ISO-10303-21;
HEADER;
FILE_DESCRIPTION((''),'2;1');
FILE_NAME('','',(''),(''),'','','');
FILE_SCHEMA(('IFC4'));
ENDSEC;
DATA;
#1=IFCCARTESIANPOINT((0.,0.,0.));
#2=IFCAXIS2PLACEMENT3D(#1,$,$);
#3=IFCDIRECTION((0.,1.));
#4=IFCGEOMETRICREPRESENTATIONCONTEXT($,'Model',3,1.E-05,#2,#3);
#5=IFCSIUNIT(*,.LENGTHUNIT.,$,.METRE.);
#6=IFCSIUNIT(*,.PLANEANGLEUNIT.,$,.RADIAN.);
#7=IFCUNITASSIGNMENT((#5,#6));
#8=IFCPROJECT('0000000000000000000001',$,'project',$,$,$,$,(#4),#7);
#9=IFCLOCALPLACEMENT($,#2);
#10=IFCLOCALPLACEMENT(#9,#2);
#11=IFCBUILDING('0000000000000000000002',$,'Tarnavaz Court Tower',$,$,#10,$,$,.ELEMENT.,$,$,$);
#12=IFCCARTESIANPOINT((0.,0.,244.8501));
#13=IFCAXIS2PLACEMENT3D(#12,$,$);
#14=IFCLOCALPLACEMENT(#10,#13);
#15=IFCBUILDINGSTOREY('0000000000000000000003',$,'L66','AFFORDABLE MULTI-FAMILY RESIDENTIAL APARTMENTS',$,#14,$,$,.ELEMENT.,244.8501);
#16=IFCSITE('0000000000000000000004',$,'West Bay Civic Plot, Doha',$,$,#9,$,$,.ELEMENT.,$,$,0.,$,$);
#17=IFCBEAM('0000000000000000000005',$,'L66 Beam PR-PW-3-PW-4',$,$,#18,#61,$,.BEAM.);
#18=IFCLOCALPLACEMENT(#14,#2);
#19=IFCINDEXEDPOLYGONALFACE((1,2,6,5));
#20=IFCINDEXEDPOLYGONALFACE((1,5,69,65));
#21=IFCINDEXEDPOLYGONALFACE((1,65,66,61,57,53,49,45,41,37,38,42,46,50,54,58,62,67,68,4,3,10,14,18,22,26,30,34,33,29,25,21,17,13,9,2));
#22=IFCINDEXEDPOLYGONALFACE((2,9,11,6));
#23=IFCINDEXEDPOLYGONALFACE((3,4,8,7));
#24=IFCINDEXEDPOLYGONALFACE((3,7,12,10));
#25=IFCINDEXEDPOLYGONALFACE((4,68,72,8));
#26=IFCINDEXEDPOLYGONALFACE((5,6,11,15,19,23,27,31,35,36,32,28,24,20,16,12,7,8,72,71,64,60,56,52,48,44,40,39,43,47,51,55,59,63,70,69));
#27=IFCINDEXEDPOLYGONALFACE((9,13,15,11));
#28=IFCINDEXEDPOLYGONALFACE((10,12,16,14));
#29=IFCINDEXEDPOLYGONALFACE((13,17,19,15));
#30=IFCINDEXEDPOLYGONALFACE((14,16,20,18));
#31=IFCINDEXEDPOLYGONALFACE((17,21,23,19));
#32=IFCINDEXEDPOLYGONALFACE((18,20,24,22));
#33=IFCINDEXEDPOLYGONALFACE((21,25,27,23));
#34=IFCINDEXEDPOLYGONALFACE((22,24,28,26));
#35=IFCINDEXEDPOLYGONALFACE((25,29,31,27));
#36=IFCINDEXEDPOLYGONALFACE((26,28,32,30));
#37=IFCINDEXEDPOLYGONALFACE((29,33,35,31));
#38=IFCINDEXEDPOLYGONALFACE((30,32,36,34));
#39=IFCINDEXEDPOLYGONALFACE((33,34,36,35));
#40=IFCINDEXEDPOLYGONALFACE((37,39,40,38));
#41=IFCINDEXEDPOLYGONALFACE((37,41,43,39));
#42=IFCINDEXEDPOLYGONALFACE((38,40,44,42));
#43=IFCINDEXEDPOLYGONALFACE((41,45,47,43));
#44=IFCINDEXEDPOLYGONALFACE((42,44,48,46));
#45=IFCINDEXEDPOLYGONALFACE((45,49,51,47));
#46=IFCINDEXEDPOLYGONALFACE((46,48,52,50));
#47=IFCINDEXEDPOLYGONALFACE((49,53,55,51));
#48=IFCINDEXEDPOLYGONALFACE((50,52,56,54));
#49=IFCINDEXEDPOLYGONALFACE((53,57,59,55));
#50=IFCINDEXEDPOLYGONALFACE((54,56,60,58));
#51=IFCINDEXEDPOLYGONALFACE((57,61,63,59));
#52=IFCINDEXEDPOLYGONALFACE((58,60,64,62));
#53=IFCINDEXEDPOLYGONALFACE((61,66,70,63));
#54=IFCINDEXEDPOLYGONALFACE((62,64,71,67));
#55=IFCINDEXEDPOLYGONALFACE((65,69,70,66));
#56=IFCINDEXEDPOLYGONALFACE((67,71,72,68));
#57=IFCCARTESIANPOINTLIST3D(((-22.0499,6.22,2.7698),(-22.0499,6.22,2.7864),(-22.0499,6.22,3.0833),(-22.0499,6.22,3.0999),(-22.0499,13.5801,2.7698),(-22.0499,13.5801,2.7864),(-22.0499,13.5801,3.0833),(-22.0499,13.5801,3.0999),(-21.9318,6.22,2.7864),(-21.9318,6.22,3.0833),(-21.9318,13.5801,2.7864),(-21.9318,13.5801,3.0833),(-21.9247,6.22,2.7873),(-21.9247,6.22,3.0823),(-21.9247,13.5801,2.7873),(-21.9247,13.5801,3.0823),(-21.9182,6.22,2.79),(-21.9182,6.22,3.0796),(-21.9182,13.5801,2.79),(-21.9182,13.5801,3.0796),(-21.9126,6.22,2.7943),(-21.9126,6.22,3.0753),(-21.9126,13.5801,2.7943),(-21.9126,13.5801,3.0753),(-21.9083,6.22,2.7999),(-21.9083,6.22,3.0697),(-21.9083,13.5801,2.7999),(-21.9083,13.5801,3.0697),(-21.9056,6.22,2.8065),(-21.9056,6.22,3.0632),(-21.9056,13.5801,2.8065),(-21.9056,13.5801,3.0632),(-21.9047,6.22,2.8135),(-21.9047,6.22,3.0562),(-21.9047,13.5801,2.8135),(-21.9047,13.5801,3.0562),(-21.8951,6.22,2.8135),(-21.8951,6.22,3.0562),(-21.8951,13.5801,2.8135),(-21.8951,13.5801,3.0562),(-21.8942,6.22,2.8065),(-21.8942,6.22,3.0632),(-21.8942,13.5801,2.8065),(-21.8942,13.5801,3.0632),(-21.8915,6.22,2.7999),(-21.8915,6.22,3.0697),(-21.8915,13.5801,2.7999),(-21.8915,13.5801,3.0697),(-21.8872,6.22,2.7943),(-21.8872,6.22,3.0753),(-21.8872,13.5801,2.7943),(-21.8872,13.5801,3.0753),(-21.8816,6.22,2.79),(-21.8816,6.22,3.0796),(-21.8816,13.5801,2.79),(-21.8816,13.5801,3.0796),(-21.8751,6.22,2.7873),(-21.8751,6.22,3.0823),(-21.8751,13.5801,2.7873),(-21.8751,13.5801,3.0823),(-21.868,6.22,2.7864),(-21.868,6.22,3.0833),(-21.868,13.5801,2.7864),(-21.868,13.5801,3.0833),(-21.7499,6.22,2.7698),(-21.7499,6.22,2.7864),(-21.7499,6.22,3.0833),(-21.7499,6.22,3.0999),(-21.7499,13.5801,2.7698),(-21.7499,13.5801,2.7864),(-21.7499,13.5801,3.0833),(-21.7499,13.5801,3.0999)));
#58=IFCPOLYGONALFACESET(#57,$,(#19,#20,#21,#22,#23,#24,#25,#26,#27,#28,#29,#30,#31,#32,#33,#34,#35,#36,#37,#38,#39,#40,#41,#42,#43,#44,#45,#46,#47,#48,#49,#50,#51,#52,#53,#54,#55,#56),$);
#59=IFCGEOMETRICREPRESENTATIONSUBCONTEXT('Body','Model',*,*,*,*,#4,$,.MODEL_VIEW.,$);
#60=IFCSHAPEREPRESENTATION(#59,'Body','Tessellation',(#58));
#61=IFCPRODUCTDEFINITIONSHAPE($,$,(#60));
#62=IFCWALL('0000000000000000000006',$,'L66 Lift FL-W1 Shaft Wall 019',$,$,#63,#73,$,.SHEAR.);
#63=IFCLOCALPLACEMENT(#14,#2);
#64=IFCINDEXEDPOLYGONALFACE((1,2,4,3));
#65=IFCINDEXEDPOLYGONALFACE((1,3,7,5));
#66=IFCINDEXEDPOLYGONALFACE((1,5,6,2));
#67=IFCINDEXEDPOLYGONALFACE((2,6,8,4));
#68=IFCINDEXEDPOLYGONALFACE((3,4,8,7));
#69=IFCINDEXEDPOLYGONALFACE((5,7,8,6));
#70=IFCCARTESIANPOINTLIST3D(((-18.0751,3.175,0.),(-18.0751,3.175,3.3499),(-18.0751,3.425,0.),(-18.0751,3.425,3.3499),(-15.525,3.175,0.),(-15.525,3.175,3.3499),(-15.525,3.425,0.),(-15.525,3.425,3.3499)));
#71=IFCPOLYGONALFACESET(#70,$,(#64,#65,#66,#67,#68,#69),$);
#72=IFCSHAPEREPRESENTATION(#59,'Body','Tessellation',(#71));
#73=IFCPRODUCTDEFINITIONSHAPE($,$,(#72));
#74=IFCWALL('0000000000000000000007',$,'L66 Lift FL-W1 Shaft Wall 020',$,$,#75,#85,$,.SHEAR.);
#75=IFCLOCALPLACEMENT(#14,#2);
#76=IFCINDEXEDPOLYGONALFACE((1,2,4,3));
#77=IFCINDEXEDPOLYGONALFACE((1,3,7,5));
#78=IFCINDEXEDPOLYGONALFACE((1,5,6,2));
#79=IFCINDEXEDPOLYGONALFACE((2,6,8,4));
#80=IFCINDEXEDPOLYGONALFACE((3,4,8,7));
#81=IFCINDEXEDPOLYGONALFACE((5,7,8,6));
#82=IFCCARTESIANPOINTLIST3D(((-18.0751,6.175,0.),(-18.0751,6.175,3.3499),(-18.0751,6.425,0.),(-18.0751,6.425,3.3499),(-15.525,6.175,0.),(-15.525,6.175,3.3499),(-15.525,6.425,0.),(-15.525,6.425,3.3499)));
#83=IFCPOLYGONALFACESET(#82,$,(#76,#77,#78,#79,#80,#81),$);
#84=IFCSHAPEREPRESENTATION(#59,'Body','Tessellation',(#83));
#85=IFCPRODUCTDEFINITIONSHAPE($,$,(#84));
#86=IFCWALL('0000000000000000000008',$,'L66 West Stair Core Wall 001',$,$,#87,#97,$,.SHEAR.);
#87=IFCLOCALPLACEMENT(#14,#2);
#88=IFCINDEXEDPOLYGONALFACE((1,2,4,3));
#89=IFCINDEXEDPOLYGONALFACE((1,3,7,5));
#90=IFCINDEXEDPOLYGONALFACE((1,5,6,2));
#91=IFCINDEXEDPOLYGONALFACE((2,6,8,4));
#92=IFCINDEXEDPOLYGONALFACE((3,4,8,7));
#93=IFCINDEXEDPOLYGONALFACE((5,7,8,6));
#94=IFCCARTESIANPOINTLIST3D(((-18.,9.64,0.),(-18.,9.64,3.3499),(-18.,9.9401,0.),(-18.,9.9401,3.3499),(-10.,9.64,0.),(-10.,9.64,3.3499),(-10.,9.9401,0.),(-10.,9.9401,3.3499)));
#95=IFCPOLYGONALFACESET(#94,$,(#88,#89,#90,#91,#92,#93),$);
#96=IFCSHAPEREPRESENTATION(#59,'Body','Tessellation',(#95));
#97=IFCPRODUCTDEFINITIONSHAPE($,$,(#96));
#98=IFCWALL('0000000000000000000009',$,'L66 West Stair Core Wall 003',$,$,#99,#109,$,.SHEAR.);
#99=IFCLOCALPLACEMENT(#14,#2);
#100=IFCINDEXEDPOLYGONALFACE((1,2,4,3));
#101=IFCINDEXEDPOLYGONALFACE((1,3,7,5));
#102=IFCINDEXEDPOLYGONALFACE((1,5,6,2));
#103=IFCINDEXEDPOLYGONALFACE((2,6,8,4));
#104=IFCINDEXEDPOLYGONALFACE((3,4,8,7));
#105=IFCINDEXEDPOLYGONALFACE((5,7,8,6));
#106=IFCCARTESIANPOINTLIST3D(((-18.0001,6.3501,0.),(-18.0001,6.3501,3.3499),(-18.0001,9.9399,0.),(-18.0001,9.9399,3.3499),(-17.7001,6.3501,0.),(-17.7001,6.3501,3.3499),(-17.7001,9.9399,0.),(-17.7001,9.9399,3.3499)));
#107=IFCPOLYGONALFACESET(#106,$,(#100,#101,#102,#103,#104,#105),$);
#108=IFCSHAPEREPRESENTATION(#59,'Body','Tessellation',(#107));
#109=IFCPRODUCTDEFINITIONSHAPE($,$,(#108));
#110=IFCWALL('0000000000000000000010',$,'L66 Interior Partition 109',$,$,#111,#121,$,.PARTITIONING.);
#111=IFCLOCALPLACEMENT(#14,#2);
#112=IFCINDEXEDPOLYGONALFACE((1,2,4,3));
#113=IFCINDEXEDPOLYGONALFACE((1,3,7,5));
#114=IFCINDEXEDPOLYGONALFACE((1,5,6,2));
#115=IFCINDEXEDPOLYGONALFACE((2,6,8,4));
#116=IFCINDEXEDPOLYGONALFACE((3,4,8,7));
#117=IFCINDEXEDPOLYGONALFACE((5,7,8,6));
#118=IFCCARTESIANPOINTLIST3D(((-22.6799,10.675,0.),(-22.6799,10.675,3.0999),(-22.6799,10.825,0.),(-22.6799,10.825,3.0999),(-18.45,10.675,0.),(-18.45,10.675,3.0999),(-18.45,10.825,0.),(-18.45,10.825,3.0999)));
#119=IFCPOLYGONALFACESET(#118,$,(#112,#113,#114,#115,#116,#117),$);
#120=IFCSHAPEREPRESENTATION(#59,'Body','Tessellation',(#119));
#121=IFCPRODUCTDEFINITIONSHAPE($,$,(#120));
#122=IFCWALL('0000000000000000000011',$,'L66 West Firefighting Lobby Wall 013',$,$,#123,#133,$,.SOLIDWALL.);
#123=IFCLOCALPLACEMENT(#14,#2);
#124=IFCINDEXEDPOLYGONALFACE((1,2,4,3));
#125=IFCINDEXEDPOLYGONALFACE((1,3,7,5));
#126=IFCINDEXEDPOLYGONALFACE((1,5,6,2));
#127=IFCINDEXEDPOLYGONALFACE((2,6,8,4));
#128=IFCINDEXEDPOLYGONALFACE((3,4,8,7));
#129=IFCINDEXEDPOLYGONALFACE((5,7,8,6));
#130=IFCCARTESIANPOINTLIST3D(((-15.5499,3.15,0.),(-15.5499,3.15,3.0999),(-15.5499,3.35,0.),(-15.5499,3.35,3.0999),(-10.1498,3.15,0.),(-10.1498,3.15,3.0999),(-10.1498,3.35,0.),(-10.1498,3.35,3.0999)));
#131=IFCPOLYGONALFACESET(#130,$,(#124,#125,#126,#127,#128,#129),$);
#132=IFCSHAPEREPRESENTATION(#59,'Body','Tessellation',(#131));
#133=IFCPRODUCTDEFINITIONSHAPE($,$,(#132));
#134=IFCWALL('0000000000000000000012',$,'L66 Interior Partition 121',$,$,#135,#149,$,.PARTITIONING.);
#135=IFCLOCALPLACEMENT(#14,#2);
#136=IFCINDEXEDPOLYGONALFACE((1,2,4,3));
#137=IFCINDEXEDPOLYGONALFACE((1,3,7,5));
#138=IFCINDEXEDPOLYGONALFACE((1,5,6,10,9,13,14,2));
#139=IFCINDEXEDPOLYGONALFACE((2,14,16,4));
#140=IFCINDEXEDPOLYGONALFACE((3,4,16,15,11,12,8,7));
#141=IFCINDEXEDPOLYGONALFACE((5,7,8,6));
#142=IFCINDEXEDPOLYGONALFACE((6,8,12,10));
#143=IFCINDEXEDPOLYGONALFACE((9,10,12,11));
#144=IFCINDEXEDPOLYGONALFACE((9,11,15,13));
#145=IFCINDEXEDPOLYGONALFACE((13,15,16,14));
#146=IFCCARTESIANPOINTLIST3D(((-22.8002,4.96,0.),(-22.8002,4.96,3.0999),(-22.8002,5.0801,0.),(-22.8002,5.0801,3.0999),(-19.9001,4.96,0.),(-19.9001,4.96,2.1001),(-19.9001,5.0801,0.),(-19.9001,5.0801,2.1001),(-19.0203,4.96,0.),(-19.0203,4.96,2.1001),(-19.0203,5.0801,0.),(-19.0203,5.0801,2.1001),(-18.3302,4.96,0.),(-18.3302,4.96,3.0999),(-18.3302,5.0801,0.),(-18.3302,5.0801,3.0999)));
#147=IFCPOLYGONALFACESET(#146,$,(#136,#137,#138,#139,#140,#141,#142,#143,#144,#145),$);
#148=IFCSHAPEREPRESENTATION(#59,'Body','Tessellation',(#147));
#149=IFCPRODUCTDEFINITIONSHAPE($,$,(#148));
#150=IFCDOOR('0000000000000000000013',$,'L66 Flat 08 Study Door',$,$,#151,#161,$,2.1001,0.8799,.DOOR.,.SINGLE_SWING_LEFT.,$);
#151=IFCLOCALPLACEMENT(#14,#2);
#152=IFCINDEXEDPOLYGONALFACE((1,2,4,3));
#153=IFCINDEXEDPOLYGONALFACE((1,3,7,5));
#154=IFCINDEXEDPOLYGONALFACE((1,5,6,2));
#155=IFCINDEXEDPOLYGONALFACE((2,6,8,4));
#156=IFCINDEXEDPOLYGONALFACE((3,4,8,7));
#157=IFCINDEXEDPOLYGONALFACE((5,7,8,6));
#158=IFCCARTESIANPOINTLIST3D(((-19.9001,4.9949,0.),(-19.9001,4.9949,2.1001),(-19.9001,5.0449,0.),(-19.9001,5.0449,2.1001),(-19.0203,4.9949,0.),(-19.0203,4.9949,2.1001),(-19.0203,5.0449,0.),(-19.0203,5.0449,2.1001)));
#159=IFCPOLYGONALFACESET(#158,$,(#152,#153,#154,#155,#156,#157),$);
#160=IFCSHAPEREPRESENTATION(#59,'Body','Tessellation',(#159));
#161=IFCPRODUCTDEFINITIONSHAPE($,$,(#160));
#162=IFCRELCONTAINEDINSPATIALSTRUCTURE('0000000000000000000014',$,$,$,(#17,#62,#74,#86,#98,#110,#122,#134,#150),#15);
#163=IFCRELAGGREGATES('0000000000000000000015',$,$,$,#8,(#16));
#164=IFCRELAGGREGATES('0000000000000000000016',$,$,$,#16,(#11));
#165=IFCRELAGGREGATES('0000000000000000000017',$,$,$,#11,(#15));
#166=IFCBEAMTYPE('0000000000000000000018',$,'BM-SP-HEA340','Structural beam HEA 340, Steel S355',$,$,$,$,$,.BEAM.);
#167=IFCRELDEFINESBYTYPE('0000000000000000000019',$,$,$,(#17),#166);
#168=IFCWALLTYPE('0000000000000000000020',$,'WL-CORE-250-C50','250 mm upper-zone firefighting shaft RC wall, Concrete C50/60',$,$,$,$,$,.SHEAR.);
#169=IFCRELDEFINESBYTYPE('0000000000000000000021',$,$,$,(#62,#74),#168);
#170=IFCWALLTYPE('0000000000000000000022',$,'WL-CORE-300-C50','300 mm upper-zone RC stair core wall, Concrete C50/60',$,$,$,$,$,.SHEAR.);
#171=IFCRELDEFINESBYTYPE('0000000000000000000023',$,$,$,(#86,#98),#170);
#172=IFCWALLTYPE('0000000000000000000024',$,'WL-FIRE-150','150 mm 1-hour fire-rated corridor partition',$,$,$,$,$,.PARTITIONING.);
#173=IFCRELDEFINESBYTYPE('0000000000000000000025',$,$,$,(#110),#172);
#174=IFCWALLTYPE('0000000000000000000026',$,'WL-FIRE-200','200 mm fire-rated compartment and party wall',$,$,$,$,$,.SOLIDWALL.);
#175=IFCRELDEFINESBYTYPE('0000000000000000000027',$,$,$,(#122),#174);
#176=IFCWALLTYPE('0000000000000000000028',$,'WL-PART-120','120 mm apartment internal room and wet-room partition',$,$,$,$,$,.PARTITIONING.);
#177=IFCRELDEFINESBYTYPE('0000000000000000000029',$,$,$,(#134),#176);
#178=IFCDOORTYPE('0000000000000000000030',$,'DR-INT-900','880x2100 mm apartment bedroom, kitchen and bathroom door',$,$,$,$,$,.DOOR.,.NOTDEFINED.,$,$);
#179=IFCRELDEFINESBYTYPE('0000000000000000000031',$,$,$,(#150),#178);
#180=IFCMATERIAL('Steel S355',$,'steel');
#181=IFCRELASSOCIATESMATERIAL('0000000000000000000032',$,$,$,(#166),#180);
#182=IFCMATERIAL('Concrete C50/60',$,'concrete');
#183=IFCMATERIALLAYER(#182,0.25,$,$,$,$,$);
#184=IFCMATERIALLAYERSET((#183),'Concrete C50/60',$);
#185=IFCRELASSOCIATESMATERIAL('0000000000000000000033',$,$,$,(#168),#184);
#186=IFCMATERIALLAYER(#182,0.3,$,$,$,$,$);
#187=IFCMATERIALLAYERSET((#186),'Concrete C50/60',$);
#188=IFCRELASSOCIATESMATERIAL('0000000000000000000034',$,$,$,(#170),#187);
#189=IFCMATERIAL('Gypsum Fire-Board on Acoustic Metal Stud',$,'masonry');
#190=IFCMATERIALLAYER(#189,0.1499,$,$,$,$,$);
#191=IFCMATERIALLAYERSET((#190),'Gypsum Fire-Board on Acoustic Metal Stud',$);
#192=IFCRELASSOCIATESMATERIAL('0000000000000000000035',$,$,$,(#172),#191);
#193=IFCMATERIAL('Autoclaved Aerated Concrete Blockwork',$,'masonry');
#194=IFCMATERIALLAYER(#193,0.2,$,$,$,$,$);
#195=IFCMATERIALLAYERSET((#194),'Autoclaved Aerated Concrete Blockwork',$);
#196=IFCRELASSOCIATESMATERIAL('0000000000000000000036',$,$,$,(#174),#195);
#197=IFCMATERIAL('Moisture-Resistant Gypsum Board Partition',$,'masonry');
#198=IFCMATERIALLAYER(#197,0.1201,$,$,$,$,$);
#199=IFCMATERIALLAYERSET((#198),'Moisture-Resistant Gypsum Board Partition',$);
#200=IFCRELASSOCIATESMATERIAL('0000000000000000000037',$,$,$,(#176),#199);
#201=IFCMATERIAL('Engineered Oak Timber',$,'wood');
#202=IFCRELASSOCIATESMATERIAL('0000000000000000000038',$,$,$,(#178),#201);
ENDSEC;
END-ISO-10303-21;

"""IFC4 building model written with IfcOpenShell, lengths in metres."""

from ifc_helpers import new_model, si_unit, direction, frame, frame_2d, origin, origin_2d, place, context, subcontext, project, spatial, rectangle, i_section, extrude, material, layer, layer_set, material_profile, profile_set, type_object, element, fill, save


model = new_model("IFC4")

# Units and contexts
model_context = context("Model", 3, precision=1e-05, world=origin(), true_north=direction((0.0, 1.0)))
body_context = subcontext(model_context, "Body", "Model", "MODEL_VIEW")
ifc_project = project(units=[si_unit("LENGTHUNIT", "METRE"), si_unit("PLANEANGLEUNIT", "RADIAN")], contexts=[model_context])

# Site, building, storey
site_placement = place(None, origin())
site = spatial("IfcSite", under=ifc_project, at=site_placement, Name="West Bay Civic Plot, Doha", CompositionType="ELEMENT", RefElevation=0.0)
building_placement = place(site_placement, origin())
building = spatial("IfcBuilding", under=site, at=building_placement, Name="Tarnavaz Court Tower", CompositionType="ELEMENT")
storey_placement = place(building_placement, frame((0.0, 0.0, 244.8501)))
storey = spatial("IfcBuildingStorey", under=building, at=storey_placement, Name="L66", Description="AFFORDABLE MULTI-FAMILY RESIDENTIAL APARTMENTS", CompositionType="ELEMENT", Elevation=244.8501)

# Shared definitions
ifc_material_1 = material(Name="Concrete C50/60", Category="concrete")

# Beam
ifc_material_2 = material(Name="Steel S355", Category="steel")
ifc_material_profile_1 = material_profile(ifc_material_2, i_section(OverallWidth=0.3, OverallDepth=0.3301, WebThickness=0.0095, FlangeThickness=0.0166, FilletRadius=0.0271, at=origin_2d()), Name="HEA 340")
ifc_profile_set_1 = profile_set([ifc_material_profile_1], Name="Steel S355")
beam_type_1 = type_object("IfcBeamType", Name="BM-SP-HEA340", Description="Structural beam HEA 340, Steel S355", PredefinedType="BEAM", material=ifc_profile_set_1)
beam_1_placement = place(storey_placement, frame((-21.8999, 6.22, 2.9348), z_axis=(0.0, 1.0, 0.0), x_axis=(-1.0, 0.0, 0.0)))
element("IfcBeam", 1, at=beam_1_placement, inside=storey, type_object=beam_type_1, Name="L66 Beam PR-PW-3-PW-4", PredefinedType="BEAM", context=body_context, shape_type="SweptSolid", body=[
    extrude(i_section(OverallWidth=0.3, OverallDepth=0.3301, WebThickness=0.0095, FlangeThickness=0.0166, FilletRadius=0.0271, at=origin_2d()), origin(), (0.0, 0.0, 1.0), 7.3601),
])

# Shared definitions
ifc_layer_1 = layer(ifc_material_1, 0.25)
ifc_layer_set_1 = layer_set([ifc_layer_1], Name="Concrete C50/60")
wall_type_1 = type_object("IfcWallType", Name="WL-CORE-250-C50", Description="250 mm upper-zone firefighting shaft RC wall, Concrete C50/60", PredefinedType="SHEAR", material=ifc_layer_set_1)

# Walls
for number, where, z_axis, x_axis, name in (
    (2, (-18.075, 3.3, 0.0), (0.0, 0.0, 1.0), (1.0, 0.0, 0.0), "L66 Lift FL-W1 Shaft Wall 019"),
    (3, (-18.075, 6.3, 0.0), (0.0, 0.0, 1.0), (1.0, 0.0, 0.0), "L66 Lift FL-W1 Shaft Wall 020"),
):
    element("IfcWall", number, at=place(storey_placement, frame(where, z_axis=z_axis, x_axis=x_axis)), inside=storey, type_object=wall_type_1, Name=name, PredefinedType="SHEAR", context=body_context, shape_type="SweptSolid", body=[
        extrude(rectangle(XDim=2.55, YDim=0.25, at=frame_2d((1.2749, 0.0))), origin(), (0.0, 0.0, 1.0), 3.3499),
    ])
ifc_layer_2 = layer(ifc_material_1, 0.3)
ifc_layer_set_2 = layer_set([ifc_layer_2], Name="Concrete C50/60")
wall_type_2 = type_object("IfcWallType", Name="WL-CORE-300-C50", Description="300 mm upper-zone RC stair core wall, Concrete C50/60", PredefinedType="SHEAR", material=ifc_layer_set_2)
wall_1_placement = place(storey_placement, frame((-18.0, 9.79, 0.0), z_axis=(0.0, 0.0, 1.0), x_axis=(1.0, 0.0, 0.0)))
element("IfcWall", 4, at=wall_1_placement, inside=storey, type_object=wall_type_2, Name="L66 West Stair Core Wall 001", PredefinedType="SHEAR", context=body_context, shape_type="SweptSolid", body=[
    extrude(rectangle(XDim=8.0, YDim=0.3, at=frame_2d((4.0, 0.0))), origin(), (0.0, 0.0, 1.0), 3.3499),
])

# Walls
wall_2_placement = place(storey_placement, frame((-17.8501, 6.3501, 0.0), z_axis=(0.0, 0.0, 1.0), x_axis=(0.0, 1.0, 0.0)))
element("IfcWall", 5, at=wall_2_placement, inside=storey, type_object=wall_type_2, Name="L66 West Stair Core Wall 003", PredefinedType="SHEAR", context=body_context, shape_type="SweptSolid", body=[
    extrude(rectangle(XDim=3.5898, YDim=0.3, at=frame_2d((1.7949, 0.0))), origin(), (0.0, 0.0, 1.0), 3.3499),
])
ifc_material_3 = material(Name="Gypsum Fire-Board on Acoustic Metal Stud", Category="masonry")
ifc_layer_3 = layer(ifc_material_3, 0.1499)
ifc_layer_set_3 = layer_set([ifc_layer_3], Name="Gypsum Fire-Board on Acoustic Metal Stud")
wall_type_3 = type_object("IfcWallType", Name="WL-FIRE-150", Description="150 mm 1-hour fire-rated corridor partition", PredefinedType="PARTITIONING", material=ifc_layer_set_3)
wall_3_placement = place(storey_placement, frame((-22.6799, 10.75, 0.0), z_axis=(0.0, 0.0, 1.0), x_axis=(1.0, 0.0, 0.0)))
element("IfcWall", 6, at=wall_3_placement, inside=storey, type_object=wall_type_3, Name="L66 Interior Partition 109", PredefinedType="PARTITIONING", context=body_context, shape_type="SweptSolid", body=[
    extrude(rectangle(XDim=4.23, YDim=0.1499, at=frame_2d((2.115, 0.0))), origin(), (0.0, 0.0, 1.0), 3.0999),
])
ifc_material_4 = material(Name="Autoclaved Aerated Concrete Blockwork", Category="masonry")
ifc_layer_4 = layer(ifc_material_4, 0.2)
ifc_layer_set_4 = layer_set([ifc_layer_4], Name="Autoclaved Aerated Concrete Blockwork")
wall_type_4 = type_object("IfcWallType", Name="WL-FIRE-200", Description="200 mm fire-rated compartment and party wall", PredefinedType="SOLIDWALL", material=ifc_layer_set_4)
wall_4_placement = place(storey_placement, frame((-15.55, 3.25, 0.0), z_axis=(0.0, 0.0, 1.0), x_axis=(1.0, 0.0, 0.0)))
element("IfcWall", 7, at=wall_4_placement, inside=storey, type_object=wall_type_4, Name="L66 West Firefighting Lobby Wall 013", PredefinedType="SOLIDWALL", context=body_context, shape_type="SweptSolid", body=[
    extrude(rectangle(XDim=5.4001, YDim=0.2, at=frame_2d((2.7002, 0.0))), origin(), (0.0, 0.0, 1.0), 3.0999),
])

# Wall, opening, door
ifc_material_5 = material(Name="Moisture-Resistant Gypsum Board Partition", Category="masonry")
ifc_layer_5 = layer(ifc_material_5, 0.1201)
ifc_layer_set_5 = layer_set([ifc_layer_5], Name="Moisture-Resistant Gypsum Board Partition")
wall_type_5 = type_object("IfcWallType", Name="WL-PART-120", Description="120 mm apartment internal room and wet-room partition", PredefinedType="PARTITIONING", material=ifc_layer_set_5)
wall_5_placement = place(storey_placement, frame((-22.8, 5.02, 0.0), z_axis=(0.0, 0.0, 1.0), x_axis=(1.0, 0.0, 0.0)))
wall_5 = element("IfcWall", 8, at=wall_5_placement, inside=storey, type_object=wall_type_5, Name="L66 Interior Partition 121", PredefinedType="PARTITIONING", context=body_context, shape_type="SweptSolid", body=[
    extrude(rectangle(XDim=4.47, YDim=0.1201, at=frame_2d((2.2349, 0.0))), origin(), (0.0, 0.0, 1.0), 3.0999),
])
opening_1_placement = place(wall_5_placement, frame((2.8999, 0.0, 0.0)))
opening_1 = element("IfcOpeningElement", 9, at=opening_1_placement, cuts=wall_5, PredefinedType="OPENING", context=body_context, shape_type="SweptSolid", body=[
    extrude(rectangle(XDim=0.8799, YDim=2.1001, at=frame_2d((0.4399, 1.05))), frame((0.0, 0.0701, 0.0), z_axis=(0.0, -1.0, 0.0), x_axis=(1.0, 0.0, 0.0)), (0.0, 0.0, 1.0), 0.1401),
])
ifc_material_6 = material(Name="Engineered Oak Timber", Category="wood")
door_type_1 = type_object("IfcDoorType", Name="DR-INT-900", Description="880x2100 mm apartment bedroom, kitchen and bathroom door", OperationType="NOTDEFINED", PredefinedType="DOOR", material=ifc_material_6)
door_1_placement = place(opening_1_placement, origin())
door_1 = element("IfcDoor", 10, at=door_1_placement, inside=storey, type_object=door_type_1, Name="L66 Flat 08 Study Door", OperationType="SINGLE_SWING_LEFT", OverallHeight=2.1001, OverallWidth=0.8799, PredefinedType="DOOR", context=body_context, shape_type="SweptSolid", body=[
    extrude(rectangle(XDim=0.8799, YDim=2.1001, at=frame_2d((0.4399, 1.05))), frame((0.0, 0.0249, 0.0), z_axis=(0.0, -1.0, 0.0), x_axis=(1.0, 0.0, 0.0)), (0.0, 0.0, 1.0), 0.05),
])
fill(opening_1, door_1)

save(model, "model.ifc")
